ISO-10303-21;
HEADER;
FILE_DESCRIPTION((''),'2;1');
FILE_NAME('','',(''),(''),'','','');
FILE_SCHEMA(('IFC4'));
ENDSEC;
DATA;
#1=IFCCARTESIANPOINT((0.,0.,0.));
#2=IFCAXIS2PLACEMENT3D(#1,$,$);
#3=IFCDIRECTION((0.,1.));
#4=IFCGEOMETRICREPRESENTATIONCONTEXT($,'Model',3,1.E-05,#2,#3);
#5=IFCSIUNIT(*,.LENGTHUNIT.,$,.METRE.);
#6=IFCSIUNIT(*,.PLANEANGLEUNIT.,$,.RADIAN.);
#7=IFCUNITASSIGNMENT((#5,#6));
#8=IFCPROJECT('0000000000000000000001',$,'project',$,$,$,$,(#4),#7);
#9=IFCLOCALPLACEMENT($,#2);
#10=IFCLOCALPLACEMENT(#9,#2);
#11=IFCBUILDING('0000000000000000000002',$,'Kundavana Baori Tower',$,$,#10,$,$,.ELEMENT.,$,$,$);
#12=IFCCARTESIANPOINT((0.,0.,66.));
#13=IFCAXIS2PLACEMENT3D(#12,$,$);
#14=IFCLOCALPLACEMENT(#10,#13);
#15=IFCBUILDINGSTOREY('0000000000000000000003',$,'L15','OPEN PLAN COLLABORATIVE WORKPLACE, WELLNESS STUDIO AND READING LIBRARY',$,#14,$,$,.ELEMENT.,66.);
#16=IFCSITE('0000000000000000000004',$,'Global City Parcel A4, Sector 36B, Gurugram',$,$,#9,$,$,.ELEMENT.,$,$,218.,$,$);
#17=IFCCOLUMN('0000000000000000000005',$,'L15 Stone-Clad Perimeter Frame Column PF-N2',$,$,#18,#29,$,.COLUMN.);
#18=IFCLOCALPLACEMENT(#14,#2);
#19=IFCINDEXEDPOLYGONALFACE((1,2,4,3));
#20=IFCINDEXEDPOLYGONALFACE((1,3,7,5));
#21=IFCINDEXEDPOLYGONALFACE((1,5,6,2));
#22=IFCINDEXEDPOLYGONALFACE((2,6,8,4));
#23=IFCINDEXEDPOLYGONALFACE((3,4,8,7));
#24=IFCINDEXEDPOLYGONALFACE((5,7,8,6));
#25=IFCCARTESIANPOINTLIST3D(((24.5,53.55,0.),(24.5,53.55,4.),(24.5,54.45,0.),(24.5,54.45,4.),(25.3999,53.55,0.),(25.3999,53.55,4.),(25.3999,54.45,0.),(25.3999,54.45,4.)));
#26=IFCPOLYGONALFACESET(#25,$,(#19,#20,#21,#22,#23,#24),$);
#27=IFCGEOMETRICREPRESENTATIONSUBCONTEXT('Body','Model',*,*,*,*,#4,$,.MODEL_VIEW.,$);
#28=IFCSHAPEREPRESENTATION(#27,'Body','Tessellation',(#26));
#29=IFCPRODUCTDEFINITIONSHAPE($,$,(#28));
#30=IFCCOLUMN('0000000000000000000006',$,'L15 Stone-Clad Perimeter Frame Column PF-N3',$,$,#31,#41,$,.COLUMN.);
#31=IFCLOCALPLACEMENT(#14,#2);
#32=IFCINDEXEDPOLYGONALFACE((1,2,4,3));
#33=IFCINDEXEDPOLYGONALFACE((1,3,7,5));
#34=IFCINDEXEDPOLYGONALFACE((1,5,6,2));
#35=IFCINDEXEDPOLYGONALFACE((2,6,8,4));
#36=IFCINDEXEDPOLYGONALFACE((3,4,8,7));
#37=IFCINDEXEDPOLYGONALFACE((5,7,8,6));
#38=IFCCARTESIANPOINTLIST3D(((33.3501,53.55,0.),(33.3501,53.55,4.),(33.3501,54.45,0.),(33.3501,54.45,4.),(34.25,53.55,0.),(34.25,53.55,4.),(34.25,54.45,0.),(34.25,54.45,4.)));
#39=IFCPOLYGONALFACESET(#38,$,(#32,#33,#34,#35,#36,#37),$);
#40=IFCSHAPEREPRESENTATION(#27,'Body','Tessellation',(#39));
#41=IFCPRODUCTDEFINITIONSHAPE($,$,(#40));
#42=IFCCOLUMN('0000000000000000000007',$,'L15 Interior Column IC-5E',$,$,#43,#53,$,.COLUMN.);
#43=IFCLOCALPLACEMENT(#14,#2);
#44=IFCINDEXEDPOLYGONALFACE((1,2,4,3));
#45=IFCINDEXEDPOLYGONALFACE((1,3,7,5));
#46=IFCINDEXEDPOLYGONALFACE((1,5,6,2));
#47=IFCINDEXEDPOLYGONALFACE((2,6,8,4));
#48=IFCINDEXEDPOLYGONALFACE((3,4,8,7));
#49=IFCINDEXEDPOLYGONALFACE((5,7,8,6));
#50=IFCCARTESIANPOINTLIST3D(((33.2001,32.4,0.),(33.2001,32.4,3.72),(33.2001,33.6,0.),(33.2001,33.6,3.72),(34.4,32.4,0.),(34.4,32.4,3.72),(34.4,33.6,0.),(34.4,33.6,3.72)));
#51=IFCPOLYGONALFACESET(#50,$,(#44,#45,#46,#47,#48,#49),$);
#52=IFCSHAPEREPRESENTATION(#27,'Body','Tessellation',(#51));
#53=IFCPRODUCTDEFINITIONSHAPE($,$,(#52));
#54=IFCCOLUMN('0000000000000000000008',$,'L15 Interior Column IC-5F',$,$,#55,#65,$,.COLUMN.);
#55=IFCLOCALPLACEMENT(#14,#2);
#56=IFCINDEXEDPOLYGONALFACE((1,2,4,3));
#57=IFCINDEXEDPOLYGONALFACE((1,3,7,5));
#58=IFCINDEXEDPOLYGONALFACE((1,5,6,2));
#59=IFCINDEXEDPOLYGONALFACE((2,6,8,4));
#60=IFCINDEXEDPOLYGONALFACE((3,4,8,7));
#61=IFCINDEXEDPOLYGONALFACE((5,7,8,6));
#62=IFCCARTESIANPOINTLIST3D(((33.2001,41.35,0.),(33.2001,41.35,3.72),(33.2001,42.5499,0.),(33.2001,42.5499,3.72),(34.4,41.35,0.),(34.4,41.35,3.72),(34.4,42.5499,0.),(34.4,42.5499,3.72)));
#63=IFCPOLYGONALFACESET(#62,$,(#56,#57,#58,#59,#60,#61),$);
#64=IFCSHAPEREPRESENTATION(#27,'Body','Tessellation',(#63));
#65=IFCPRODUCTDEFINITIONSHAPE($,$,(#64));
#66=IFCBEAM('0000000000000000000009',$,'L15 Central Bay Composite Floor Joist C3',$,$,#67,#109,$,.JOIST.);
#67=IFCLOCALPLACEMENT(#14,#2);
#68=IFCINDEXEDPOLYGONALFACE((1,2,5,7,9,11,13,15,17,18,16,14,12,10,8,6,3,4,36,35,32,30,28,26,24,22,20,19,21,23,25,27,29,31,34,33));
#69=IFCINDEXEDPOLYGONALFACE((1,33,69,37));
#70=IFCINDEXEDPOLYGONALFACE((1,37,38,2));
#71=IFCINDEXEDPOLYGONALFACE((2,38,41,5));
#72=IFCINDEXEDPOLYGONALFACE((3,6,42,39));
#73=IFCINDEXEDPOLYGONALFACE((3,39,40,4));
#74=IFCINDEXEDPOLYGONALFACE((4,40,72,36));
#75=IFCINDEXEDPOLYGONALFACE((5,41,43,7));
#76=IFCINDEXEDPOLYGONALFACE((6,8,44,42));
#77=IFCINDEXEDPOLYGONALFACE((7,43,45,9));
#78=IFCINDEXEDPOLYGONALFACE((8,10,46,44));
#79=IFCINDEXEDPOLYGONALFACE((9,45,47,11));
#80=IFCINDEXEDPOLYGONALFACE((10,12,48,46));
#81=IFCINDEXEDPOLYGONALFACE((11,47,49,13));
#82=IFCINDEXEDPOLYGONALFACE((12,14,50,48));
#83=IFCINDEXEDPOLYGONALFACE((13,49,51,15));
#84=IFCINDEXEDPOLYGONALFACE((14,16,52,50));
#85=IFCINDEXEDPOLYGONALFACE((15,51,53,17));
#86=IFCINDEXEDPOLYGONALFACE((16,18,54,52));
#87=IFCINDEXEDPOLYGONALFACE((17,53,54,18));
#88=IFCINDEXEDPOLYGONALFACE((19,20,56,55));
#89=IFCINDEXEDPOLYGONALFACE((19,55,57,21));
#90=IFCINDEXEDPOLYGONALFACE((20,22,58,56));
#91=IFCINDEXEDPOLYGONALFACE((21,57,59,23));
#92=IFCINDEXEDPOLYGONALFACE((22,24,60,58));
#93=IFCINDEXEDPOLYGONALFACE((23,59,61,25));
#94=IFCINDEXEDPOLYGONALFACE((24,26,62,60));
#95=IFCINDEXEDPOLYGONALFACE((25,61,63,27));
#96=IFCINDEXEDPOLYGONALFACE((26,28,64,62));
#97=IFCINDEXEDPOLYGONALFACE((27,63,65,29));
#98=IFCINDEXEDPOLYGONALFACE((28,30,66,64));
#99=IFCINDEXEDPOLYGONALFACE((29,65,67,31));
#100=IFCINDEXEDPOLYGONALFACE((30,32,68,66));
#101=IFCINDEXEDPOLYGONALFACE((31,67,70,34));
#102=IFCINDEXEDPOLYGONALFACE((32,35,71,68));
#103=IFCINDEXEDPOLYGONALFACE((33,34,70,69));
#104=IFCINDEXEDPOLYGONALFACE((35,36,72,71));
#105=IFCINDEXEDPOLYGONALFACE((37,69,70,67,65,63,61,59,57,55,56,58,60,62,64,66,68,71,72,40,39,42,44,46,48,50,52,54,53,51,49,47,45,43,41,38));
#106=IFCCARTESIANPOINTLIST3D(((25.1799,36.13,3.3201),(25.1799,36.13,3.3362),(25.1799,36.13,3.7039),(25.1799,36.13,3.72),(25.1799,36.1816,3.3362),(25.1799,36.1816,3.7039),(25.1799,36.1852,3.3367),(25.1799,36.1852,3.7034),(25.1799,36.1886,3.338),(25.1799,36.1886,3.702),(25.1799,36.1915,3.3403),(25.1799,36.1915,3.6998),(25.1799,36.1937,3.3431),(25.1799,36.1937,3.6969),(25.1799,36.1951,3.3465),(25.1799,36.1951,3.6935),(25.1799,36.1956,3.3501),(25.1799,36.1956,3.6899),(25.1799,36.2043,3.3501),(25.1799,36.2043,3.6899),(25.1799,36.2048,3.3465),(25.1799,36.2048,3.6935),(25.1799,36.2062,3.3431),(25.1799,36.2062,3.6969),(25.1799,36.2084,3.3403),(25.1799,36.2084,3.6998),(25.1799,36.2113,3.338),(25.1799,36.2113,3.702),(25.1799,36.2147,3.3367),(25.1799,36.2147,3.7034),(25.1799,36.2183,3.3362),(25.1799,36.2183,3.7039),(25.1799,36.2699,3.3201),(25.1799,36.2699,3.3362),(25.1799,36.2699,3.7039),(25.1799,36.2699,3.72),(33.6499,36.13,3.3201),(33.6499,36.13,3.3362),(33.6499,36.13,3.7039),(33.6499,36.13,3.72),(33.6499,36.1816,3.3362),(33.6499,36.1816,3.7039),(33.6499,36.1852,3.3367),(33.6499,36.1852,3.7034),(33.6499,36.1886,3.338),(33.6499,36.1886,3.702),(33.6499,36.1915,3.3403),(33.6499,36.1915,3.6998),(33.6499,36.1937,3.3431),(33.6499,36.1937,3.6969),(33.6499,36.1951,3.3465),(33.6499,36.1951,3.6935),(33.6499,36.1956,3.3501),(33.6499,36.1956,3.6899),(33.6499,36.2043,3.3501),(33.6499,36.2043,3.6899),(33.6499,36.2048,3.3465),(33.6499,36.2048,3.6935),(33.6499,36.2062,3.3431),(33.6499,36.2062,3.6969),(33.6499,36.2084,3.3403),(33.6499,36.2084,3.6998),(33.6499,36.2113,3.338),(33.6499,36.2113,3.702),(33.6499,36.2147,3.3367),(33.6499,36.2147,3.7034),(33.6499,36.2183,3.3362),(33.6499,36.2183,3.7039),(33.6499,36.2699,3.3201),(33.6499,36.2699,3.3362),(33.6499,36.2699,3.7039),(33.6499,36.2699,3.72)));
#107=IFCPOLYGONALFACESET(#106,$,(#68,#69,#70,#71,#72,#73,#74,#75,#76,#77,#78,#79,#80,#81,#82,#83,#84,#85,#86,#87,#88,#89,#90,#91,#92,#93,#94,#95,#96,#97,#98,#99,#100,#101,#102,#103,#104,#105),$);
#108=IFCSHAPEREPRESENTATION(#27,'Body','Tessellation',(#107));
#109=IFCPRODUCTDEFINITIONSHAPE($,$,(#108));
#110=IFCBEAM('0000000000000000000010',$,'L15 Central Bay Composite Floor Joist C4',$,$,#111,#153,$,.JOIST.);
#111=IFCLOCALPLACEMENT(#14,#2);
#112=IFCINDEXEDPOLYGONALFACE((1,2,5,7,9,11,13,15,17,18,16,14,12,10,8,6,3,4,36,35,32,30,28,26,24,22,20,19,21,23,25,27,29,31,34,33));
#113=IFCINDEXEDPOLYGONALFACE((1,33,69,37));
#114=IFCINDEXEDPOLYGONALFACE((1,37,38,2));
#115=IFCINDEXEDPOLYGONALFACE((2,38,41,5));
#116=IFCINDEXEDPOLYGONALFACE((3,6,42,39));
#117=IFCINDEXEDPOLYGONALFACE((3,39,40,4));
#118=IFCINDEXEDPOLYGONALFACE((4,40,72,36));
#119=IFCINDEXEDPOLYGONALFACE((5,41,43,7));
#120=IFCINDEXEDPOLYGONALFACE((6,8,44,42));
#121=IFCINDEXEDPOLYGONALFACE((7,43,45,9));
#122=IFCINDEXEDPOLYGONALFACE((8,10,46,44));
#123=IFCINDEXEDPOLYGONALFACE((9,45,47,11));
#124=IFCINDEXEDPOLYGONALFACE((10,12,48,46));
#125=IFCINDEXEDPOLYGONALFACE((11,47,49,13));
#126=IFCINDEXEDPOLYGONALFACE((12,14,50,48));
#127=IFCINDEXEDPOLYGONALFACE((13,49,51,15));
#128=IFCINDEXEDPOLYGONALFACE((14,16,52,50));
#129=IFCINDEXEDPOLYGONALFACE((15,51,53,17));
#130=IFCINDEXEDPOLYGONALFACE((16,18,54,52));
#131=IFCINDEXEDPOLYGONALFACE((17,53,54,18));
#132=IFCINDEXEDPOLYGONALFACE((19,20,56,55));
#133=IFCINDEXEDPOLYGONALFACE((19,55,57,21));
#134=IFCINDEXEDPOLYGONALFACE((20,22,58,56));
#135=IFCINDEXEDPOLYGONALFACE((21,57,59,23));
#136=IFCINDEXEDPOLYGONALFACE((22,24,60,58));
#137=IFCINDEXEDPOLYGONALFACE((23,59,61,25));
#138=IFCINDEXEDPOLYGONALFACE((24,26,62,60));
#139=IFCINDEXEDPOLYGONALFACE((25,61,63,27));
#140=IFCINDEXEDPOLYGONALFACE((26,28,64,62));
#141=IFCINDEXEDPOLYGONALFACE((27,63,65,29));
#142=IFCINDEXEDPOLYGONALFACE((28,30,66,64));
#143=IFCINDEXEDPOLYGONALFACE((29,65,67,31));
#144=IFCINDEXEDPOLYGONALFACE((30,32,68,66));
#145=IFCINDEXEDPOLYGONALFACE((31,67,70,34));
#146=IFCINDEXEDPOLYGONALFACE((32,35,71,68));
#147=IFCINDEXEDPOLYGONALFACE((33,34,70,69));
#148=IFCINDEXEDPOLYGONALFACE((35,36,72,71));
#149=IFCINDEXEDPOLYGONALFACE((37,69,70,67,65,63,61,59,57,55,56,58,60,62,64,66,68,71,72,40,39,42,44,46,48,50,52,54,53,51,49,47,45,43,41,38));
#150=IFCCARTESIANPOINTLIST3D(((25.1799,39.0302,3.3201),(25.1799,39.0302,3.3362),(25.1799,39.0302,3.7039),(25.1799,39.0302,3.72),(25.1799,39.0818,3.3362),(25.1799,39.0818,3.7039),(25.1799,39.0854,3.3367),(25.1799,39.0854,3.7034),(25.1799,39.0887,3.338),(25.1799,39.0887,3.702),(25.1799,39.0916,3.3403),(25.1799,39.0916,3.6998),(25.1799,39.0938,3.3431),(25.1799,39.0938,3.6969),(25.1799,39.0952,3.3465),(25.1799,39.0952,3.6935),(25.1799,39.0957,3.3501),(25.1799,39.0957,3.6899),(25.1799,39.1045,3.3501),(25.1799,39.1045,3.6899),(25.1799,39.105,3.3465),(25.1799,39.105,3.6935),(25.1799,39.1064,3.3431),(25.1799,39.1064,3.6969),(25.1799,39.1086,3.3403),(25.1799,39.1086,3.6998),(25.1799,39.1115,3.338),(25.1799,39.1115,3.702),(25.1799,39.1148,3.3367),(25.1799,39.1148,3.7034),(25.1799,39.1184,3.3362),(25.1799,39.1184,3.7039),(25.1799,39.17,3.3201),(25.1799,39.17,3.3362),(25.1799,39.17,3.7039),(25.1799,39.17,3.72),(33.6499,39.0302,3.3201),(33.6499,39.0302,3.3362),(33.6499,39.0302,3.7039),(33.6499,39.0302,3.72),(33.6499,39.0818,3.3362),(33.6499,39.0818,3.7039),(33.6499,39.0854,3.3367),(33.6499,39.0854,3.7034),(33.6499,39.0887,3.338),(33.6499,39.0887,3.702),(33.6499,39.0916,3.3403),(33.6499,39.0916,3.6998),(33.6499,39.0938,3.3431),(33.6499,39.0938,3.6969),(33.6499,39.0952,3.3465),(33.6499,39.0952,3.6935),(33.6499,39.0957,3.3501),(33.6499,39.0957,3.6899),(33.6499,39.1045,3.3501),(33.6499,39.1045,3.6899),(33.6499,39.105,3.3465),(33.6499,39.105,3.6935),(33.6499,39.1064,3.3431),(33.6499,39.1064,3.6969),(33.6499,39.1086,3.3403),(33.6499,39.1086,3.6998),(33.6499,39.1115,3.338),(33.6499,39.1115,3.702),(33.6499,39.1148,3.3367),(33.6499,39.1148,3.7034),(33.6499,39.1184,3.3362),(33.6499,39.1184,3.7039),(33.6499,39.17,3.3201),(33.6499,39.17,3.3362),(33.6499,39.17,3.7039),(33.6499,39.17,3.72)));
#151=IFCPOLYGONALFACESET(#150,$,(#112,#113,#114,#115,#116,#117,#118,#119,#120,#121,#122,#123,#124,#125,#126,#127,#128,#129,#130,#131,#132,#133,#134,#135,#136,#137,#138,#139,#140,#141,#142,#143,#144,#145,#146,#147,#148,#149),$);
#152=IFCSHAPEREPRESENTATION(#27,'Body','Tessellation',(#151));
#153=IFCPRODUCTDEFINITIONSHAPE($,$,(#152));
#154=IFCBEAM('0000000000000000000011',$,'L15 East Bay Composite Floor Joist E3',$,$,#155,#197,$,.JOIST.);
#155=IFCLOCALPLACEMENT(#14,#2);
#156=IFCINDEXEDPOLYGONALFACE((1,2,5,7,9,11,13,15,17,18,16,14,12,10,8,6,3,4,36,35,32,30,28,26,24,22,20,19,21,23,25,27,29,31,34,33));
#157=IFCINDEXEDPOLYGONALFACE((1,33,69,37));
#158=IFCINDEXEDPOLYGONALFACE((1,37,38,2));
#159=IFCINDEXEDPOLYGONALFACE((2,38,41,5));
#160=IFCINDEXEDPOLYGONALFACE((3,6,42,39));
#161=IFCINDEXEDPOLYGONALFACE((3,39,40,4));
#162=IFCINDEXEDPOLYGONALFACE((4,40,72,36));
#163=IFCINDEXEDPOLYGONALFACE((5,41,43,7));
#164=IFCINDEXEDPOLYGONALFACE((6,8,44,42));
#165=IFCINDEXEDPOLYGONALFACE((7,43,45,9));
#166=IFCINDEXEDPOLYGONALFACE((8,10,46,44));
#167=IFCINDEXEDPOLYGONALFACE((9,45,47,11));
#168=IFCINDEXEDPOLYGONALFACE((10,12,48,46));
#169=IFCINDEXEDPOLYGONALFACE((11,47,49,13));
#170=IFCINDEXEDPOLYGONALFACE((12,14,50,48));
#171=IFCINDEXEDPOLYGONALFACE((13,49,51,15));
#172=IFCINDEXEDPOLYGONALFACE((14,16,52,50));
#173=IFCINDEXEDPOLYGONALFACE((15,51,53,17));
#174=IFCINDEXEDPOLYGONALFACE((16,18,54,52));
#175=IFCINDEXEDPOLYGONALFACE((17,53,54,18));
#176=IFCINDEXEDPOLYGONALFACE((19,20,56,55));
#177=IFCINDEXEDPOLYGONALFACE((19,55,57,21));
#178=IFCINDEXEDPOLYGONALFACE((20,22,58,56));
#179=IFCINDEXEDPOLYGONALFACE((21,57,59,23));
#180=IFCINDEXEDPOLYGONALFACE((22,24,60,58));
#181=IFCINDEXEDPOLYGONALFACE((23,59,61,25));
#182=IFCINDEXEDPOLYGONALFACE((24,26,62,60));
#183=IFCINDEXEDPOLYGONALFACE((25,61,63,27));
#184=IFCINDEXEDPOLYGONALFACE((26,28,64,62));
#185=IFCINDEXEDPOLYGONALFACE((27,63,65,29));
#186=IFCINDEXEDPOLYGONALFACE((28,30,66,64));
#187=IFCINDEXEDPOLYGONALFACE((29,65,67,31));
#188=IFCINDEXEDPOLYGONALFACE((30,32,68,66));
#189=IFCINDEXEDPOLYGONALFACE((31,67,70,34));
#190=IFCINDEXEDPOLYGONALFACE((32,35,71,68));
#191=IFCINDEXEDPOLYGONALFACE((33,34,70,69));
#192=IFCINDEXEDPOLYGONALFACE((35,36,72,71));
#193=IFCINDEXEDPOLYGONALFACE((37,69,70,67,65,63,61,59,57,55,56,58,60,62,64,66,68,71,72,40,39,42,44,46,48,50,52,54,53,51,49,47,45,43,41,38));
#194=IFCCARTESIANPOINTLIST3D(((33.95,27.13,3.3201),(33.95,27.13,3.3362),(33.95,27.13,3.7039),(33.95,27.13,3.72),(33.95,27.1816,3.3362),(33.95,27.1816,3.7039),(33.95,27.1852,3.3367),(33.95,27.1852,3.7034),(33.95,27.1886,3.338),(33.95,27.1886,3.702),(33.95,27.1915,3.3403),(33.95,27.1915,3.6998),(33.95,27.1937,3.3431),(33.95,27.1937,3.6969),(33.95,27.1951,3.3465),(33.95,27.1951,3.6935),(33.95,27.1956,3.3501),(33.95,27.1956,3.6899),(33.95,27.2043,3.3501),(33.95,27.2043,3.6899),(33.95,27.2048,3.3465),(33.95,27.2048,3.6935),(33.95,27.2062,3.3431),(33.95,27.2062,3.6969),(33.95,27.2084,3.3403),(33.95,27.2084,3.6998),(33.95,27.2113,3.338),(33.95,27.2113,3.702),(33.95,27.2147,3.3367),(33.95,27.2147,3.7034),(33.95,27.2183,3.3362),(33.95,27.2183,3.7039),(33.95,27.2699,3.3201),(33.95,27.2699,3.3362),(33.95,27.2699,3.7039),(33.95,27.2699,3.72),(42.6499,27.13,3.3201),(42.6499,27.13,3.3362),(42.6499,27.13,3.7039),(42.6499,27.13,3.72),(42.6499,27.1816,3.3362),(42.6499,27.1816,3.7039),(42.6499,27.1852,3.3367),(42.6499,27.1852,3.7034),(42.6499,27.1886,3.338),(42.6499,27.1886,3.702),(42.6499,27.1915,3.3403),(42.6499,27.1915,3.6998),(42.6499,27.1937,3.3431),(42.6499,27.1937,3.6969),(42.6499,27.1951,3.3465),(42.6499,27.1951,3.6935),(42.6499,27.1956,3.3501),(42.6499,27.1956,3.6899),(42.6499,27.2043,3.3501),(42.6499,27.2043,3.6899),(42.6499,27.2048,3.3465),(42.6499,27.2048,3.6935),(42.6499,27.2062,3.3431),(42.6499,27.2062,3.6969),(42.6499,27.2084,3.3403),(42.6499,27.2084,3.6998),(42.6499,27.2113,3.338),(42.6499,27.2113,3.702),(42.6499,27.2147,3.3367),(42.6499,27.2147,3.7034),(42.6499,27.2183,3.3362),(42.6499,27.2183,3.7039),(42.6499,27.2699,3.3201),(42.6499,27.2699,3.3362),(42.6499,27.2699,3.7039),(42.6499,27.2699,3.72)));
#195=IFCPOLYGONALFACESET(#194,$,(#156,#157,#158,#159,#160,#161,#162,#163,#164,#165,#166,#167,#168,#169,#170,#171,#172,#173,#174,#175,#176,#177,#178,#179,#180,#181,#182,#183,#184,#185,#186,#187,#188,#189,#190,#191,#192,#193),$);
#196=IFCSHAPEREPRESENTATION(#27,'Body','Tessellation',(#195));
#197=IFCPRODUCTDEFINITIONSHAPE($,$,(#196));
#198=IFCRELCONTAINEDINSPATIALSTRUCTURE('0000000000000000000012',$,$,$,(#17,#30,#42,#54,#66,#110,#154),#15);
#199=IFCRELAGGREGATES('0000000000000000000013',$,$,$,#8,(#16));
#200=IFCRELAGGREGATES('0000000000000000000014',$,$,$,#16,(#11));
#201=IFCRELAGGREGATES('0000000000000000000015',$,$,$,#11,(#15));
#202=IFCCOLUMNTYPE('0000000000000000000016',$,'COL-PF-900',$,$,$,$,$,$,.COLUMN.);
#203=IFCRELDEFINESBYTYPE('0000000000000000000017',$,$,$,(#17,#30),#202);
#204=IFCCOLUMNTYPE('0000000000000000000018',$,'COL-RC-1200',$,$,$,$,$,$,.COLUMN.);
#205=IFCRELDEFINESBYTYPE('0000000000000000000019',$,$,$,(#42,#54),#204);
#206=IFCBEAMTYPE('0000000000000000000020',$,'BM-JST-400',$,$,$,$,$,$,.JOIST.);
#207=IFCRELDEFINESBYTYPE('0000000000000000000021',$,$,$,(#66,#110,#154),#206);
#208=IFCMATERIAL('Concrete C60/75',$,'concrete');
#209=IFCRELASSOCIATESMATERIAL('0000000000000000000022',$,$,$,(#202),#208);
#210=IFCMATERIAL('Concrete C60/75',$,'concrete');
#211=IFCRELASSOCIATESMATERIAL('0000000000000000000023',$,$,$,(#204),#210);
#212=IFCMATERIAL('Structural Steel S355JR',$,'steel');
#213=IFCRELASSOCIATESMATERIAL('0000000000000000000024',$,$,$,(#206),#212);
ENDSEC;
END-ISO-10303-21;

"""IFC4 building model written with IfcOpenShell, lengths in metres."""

from ifc_helpers import new_model, si_unit, direction, frame, origin, origin_2d, place, context, subcontext, project, spatial, rectangle, i_section, extrude, material, material_profile, profile_set, type_object, element, save


model = new_model("IFC4")

# Units and contexts
model_context = context("Model", 3, precision=1e-05, world=origin(), true_north=direction((0.0, 1.0)))
body_context = subcontext(model_context, "Body", "Model", "MODEL_VIEW")
ifc_project = project(units=[si_unit("LENGTHUNIT", "METRE"), si_unit("PLANEANGLEUNIT", "RADIAN")], contexts=[model_context])

# Site, building, storey
site_placement = place(None, origin())
site = spatial("IfcSite", under=ifc_project, at=site_placement, Name="Global City Parcel A4, Sector 36B, Gurugram", CompositionType="ELEMENT", RefElevation=218.0)
building_placement = place(site_placement, origin())
building = spatial("IfcBuilding", under=site, at=building_placement, Name="Kundavana Baori Tower", CompositionType="ELEMENT")
storey_placement = place(building_placement, frame((0.0, 0.0, 66.0)))
storey = spatial("IfcBuildingStorey", under=building, at=storey_placement, Name="L15", Description="OPEN PLAN COLLABORATIVE WORKPLACE, WELLNESS STUDIO AND READING LIBRARY", CompositionType="ELEMENT", Elevation=66.0)

# Columns
ifc_material_1 = material(Name="Concrete C60/75", Category="concrete")
ifc_material_profile_1 = material_profile(ifc_material_1, rectangle(XDim=0.8999, YDim=0.8999, at=origin_2d()), Name="RC PF 900x900")
ifc_profile_set_1 = profile_set([ifc_material_profile_1], Name="Concrete C60/75")
column_type_1 = type_object("IfcColumnType", Name="COL-PF-900", PredefinedType="COLUMN", material=ifc_profile_set_1)
for number, where, z_axis, x_axis, name in (
    (1, (24.95, 54.0, 0.0), (0.0, 0.0, 1.0), (1.0, 0.0, 0.0), "L15 Stone-Clad Perimeter Frame Column PF-N2"),
    (2, (33.8, 54.0, 0.0), (0.0, 0.0, 1.0), (1.0, 0.0, 0.0), "L15 Stone-Clad Perimeter Frame Column PF-N3"),
):
    element("IfcColumn", number, at=place(storey_placement, frame(where, z_axis=z_axis, x_axis=x_axis)), inside=storey, type_object=column_type_1, Name=name, PredefinedType="COLUMN", context=body_context, shape_type="SweptSolid", body=[
        extrude(rectangle(XDim=0.8999, YDim=0.8999, at=origin_2d()), origin(), (0.0, 0.0, 1.0), 4.0),
    ])
ifc_material_2 = material(Name="Concrete C60/75", Category="concrete")
ifc_material_profile_2 = material_profile(ifc_material_2, rectangle(XDim=1.2, YDim=1.2, at=origin_2d()), Name="RC 1200x1200")
ifc_profile_set_2 = profile_set([ifc_material_profile_2], Name="Concrete C60/75")
column_type_2 = type_object("IfcColumnType", Name="COL-RC-1200", PredefinedType="COLUMN", material=ifc_profile_set_2)
for number, where, z_axis, x_axis, name in (
    (3, (33.8, 33.0, 0.0), (0.0, 0.0, 1.0), (1.0, 0.0, 0.0), "L15 Interior Column IC-5E"),
    (4, (33.8, 41.95, 0.0), (0.0, 0.0, 1.0), (1.0, 0.0, 0.0), "L15 Interior Column IC-5F"),
):
    element("IfcColumn", number, at=place(storey_placement, frame(where, z_axis=z_axis, x_axis=x_axis)), inside=storey, type_object=column_type_2, Name=name, PredefinedType="COLUMN", context=body_context, shape_type="SweptSolid", body=[
        extrude(rectangle(XDim=1.2, YDim=1.2, at=origin_2d()), origin(), (0.0, 0.0, 1.0), 3.72),
    ])

# Beams
ifc_material_3 = material(Name="Structural Steel S355JR", Category="steel")
ifc_material_profile_3 = material_profile(ifc_material_3, i_section(OverallWidth=0.1399, OverallDepth=0.3999, WebThickness=0.0088, FlangeThickness=0.0161, FilletRadius=0.0139, at=origin_2d()), Name="ISMB 400")
ifc_profile_set_3 = profile_set([ifc_material_profile_3], Name="Structural Steel S355JR")
beam_type_1 = type_object("IfcBeamType", Name="BM-JST-400", PredefinedType="JOIST", material=ifc_profile_set_3)
for number, where, z_axis, x_axis, name in (
    (5, (25.1799, 36.2, 3.52), (1.0, 0.0, 0.0), (0.0, 1.0, 0.0), "L15 Central Bay Composite Floor Joist C3"),
    (6, (25.1799, 39.1001, 3.52), (1.0, 0.0, 0.0), (0.0, 1.0, 0.0), "L15 Central Bay Composite Floor Joist C4"),
):
    element("IfcBeam", number, at=place(storey_placement, frame(where, z_axis=z_axis, x_axis=x_axis)), inside=storey, type_object=beam_type_1, Name=name, PredefinedType="JOIST", context=body_context, shape_type="SweptSolid", body=[
        extrude(i_section(OverallWidth=0.1399, OverallDepth=0.3999, WebThickness=0.0088, FlangeThickness=0.0161, FilletRadius=0.0139, at=origin_2d()), origin(), (0.0, 0.0, 1.0), 8.47),
    ])
beam_1_placement = place(storey_placement, frame((33.95, 27.2, 3.52), z_axis=(1.0, 0.0, 0.0), x_axis=(0.0, 1.0, 0.0)))
element("IfcBeam", 7, at=beam_1_placement, inside=storey, type_object=beam_type_1, Name="L15 East Bay Composite Floor Joist E3", PredefinedType="JOIST", context=body_context, shape_type="SweptSolid", body=[
    extrude(i_section(OverallWidth=0.1399, OverallDepth=0.3999, WebThickness=0.0088, FlangeThickness=0.0161, FilletRadius=0.0139, at=origin_2d()), origin(), (0.0, 0.0, 1.0), 8.7),
])

save(model, "model.ifc")
